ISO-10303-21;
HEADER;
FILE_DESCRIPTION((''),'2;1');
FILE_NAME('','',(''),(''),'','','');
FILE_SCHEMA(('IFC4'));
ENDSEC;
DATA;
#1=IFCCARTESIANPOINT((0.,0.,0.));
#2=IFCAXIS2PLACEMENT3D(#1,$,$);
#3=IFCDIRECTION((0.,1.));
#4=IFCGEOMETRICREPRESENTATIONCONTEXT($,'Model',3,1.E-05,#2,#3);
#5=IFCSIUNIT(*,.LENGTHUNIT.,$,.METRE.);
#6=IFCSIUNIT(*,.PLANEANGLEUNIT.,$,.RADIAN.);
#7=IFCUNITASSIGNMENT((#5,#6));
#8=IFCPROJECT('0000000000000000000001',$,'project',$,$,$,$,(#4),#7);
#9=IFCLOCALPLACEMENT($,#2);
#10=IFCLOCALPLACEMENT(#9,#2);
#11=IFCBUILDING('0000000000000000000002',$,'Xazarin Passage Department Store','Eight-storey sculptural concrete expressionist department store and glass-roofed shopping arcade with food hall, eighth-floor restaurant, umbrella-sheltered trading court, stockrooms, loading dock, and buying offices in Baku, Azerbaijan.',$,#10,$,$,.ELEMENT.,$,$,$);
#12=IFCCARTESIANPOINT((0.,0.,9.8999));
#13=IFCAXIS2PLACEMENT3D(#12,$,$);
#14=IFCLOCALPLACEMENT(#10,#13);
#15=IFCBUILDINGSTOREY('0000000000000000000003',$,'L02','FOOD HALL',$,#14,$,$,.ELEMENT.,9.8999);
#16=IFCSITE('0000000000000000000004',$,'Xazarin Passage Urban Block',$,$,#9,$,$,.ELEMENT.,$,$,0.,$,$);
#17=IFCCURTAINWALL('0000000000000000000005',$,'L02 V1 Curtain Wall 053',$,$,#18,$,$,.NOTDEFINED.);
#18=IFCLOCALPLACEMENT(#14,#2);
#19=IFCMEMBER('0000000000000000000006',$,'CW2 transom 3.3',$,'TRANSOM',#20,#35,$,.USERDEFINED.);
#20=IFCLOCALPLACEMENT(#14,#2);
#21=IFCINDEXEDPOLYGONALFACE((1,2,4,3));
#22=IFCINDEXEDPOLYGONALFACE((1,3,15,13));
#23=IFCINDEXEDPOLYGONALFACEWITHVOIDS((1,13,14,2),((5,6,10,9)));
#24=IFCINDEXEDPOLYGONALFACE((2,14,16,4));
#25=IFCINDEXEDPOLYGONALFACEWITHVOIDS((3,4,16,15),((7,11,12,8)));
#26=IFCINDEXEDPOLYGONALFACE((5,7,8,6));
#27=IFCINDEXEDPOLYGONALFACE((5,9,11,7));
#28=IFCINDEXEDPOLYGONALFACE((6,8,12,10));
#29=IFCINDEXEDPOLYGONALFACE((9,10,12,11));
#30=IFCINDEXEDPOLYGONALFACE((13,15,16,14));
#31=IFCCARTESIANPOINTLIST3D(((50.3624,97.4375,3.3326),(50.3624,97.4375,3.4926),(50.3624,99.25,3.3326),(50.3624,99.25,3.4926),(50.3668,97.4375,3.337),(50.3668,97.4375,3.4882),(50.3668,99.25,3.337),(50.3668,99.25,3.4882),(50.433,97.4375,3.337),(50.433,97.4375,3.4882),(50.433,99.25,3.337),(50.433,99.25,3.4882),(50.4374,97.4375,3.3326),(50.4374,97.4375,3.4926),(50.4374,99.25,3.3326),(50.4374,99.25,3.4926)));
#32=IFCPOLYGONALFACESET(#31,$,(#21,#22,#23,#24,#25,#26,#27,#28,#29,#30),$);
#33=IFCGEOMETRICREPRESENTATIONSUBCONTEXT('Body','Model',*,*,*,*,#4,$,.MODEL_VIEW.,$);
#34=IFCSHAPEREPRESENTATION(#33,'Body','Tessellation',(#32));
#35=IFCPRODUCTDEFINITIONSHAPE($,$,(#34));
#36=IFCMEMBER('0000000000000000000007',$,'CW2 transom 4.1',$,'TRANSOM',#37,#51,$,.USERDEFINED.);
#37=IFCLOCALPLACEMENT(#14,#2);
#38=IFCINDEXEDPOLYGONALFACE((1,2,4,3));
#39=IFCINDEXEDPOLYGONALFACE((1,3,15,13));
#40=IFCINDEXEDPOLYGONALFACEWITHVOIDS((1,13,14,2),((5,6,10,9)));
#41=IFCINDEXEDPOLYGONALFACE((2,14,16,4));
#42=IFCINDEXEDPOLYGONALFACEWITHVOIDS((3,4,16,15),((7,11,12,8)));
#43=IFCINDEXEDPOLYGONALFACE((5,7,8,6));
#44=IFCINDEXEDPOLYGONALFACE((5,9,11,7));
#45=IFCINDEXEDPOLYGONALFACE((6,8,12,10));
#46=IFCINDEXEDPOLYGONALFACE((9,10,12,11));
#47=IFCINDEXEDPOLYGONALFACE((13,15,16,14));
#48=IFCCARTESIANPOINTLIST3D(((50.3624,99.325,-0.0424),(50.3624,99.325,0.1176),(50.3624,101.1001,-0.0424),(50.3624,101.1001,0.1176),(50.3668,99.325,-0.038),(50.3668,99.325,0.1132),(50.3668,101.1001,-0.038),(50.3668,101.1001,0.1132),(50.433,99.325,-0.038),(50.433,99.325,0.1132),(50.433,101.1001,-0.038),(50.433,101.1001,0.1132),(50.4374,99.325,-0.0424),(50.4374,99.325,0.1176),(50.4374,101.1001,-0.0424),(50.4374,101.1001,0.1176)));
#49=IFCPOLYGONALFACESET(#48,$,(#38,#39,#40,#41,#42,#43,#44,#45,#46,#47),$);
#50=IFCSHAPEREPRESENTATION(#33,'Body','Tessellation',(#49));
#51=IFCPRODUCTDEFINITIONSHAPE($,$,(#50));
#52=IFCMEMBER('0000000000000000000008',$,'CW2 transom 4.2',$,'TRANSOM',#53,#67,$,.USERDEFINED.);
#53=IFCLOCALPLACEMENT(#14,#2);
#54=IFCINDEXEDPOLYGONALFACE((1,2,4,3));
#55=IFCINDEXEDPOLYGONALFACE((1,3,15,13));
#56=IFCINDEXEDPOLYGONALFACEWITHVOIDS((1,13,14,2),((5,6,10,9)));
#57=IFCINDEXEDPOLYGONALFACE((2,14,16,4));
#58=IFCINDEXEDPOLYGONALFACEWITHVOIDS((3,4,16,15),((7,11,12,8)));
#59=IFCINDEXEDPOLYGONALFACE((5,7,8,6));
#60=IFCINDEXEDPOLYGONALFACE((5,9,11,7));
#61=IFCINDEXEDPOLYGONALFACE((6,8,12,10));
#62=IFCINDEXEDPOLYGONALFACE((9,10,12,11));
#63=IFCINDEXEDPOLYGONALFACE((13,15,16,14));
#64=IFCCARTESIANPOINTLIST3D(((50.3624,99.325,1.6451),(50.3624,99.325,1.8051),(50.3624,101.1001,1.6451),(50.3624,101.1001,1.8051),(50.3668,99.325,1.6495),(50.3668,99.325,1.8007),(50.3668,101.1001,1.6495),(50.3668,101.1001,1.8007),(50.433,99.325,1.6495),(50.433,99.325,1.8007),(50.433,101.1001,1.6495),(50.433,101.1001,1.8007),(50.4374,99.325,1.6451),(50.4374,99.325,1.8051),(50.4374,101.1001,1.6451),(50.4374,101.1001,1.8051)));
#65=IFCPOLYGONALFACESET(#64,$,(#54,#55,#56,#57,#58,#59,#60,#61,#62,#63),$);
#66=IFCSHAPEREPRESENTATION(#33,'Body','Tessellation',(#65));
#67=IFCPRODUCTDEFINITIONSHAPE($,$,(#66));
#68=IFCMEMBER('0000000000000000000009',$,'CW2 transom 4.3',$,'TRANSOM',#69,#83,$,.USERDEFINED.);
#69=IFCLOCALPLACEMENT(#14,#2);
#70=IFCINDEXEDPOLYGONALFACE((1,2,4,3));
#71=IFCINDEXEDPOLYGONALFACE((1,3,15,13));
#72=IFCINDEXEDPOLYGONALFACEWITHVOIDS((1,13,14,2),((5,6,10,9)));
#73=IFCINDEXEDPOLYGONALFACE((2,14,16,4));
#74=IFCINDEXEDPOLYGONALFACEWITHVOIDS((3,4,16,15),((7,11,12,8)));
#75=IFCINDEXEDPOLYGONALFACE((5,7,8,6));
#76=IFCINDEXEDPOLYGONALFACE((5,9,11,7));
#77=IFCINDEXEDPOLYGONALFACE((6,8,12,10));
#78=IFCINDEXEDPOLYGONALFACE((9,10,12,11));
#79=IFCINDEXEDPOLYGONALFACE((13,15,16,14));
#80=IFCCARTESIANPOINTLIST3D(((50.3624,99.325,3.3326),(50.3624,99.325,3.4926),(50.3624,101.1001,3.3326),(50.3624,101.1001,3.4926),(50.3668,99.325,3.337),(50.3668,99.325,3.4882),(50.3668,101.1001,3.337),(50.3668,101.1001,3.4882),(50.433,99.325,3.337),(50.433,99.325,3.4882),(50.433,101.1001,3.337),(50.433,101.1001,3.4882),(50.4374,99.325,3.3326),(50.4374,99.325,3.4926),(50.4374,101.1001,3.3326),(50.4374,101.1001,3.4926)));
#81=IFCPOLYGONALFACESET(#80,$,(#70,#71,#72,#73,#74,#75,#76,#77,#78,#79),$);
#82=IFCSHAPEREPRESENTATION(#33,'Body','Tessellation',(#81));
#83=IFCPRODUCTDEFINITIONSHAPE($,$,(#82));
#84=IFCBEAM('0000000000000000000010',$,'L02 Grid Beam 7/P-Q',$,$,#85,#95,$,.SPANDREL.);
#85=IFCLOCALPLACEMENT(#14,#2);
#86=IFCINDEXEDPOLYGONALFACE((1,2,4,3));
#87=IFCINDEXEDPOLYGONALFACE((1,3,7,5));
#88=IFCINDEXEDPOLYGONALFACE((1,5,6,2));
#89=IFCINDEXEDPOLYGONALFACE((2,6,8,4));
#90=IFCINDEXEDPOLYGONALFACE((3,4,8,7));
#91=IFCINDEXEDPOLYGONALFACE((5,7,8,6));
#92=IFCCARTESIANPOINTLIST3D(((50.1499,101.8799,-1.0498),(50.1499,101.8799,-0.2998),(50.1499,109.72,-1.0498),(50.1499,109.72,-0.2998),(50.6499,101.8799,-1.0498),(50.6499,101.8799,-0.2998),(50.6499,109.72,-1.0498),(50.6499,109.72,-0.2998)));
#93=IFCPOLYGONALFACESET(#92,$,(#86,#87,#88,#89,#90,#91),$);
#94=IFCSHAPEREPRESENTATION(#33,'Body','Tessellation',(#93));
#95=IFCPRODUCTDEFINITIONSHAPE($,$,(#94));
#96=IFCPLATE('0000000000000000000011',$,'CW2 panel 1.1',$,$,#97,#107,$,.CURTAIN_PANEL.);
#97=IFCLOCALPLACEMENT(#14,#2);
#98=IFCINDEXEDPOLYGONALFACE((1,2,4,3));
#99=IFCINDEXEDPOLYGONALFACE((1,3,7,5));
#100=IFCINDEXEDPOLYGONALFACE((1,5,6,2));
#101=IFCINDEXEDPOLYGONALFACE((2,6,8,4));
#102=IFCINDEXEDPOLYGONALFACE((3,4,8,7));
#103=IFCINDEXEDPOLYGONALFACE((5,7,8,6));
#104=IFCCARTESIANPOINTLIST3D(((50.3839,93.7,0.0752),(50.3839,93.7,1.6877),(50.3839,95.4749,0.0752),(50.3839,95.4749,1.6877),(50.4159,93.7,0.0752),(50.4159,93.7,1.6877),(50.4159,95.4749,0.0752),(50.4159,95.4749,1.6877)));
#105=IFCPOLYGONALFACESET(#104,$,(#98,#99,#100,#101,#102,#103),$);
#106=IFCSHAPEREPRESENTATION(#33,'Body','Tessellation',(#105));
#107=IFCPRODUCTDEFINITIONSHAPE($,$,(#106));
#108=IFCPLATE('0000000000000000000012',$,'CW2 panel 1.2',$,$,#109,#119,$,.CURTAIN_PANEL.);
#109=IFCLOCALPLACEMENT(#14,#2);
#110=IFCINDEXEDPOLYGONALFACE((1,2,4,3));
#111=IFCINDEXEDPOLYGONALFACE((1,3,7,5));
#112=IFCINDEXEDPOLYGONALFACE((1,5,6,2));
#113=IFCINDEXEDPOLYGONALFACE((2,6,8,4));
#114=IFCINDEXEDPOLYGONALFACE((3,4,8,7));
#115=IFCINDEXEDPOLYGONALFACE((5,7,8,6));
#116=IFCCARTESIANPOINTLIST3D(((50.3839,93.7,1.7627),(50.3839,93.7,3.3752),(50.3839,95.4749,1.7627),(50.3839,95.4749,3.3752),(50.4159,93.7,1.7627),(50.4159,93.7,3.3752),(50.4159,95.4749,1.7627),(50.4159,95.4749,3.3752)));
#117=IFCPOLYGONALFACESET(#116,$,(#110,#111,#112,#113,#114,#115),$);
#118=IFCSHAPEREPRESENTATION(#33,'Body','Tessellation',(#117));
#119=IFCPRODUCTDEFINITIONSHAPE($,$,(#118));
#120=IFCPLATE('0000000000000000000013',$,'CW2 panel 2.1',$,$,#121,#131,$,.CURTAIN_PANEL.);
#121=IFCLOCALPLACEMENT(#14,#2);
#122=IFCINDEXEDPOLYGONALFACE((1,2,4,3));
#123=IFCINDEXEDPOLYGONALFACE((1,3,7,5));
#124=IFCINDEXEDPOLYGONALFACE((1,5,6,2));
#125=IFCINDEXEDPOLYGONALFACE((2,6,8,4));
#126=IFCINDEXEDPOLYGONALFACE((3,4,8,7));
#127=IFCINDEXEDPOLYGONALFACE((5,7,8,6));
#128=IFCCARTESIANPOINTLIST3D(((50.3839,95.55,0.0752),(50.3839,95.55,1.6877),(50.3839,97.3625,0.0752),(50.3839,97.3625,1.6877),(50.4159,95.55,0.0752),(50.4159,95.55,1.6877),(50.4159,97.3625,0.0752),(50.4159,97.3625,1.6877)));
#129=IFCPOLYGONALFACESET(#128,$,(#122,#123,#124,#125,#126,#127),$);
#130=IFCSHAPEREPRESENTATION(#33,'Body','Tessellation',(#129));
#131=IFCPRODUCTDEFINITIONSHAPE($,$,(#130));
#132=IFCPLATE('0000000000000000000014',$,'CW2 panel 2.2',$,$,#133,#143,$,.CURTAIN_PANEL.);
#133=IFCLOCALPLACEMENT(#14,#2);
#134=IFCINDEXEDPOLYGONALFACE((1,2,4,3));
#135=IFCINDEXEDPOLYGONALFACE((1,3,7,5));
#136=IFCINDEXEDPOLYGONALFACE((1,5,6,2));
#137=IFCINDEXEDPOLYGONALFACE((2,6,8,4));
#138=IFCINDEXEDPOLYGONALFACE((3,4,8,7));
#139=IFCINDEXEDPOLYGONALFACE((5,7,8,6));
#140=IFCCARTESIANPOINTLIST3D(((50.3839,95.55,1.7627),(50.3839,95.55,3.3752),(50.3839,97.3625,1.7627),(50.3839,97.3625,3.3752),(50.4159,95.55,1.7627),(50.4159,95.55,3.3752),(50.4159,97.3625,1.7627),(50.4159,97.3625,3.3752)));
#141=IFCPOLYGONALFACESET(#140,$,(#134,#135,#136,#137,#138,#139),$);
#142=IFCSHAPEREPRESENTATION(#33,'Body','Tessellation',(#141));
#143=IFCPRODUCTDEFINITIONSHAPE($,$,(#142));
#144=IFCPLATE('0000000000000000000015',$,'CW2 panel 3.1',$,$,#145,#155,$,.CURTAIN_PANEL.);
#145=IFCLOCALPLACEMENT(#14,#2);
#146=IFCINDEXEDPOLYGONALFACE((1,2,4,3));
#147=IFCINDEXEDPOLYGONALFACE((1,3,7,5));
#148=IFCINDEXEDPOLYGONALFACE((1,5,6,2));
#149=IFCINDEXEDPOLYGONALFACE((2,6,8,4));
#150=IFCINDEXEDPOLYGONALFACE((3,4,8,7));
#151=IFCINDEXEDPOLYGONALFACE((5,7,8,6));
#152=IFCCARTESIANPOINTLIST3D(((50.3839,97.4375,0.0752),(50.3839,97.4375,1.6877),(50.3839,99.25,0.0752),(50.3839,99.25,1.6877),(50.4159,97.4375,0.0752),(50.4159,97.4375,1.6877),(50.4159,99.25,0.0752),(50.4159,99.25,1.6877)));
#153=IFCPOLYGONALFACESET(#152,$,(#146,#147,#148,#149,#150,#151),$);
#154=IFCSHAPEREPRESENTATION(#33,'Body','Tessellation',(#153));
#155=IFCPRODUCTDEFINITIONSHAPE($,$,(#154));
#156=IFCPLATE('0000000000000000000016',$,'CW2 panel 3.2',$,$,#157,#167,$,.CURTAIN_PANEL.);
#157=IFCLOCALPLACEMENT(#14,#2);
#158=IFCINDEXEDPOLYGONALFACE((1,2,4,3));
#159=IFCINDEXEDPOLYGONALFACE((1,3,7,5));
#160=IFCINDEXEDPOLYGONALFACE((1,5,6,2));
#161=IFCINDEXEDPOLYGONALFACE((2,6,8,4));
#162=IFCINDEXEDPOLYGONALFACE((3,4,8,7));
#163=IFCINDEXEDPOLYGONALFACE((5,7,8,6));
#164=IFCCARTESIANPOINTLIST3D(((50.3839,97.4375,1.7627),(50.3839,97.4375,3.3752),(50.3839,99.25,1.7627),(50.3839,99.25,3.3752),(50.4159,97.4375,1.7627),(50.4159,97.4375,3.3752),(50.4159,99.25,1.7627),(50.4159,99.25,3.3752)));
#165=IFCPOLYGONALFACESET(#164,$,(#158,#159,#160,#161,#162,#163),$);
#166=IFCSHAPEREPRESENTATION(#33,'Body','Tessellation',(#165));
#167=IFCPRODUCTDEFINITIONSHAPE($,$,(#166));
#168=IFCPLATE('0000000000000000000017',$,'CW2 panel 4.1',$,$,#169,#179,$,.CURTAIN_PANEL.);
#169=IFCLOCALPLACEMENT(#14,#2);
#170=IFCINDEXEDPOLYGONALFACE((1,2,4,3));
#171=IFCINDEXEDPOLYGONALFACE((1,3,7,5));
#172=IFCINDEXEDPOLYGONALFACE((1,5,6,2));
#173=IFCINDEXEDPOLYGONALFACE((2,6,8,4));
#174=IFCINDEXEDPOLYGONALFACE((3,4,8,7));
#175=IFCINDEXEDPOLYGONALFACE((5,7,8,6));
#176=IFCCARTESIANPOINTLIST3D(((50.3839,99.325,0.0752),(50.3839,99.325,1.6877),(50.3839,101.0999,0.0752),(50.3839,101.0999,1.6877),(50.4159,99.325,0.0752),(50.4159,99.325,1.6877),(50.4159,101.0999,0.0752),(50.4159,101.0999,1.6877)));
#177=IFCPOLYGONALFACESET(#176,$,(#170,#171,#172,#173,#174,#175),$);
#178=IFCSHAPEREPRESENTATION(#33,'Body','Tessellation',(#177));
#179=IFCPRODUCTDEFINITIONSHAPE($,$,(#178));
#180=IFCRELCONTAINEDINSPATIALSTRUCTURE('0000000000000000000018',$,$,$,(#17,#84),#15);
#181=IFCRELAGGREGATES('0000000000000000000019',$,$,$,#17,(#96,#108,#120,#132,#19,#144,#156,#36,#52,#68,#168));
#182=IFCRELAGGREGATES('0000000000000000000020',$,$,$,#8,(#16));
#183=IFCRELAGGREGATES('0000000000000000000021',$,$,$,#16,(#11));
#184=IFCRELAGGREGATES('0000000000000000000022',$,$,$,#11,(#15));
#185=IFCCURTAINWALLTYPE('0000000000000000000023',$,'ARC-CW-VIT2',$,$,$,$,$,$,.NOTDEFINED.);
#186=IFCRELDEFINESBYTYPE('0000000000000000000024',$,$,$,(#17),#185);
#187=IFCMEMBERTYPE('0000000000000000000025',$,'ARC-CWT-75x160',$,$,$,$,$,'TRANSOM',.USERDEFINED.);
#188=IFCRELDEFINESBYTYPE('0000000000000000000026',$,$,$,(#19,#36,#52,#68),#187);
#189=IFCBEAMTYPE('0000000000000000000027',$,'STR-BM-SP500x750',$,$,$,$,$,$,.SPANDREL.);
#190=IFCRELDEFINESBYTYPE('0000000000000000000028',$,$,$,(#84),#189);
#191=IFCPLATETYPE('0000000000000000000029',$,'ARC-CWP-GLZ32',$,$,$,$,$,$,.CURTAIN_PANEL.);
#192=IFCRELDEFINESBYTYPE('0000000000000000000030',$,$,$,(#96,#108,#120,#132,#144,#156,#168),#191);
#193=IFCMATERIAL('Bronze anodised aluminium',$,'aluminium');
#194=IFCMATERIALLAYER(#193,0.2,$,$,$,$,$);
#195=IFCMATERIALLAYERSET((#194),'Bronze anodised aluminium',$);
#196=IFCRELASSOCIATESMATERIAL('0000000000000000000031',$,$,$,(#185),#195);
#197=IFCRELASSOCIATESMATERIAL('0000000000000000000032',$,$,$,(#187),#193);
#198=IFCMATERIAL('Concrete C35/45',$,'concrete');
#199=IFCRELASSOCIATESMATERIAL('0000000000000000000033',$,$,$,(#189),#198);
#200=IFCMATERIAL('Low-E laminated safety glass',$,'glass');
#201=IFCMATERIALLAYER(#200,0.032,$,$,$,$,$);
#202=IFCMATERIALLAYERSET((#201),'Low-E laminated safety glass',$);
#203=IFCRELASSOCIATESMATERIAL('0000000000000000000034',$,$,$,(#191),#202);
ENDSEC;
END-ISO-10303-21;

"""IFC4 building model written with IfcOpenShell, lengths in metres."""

from ifc_helpers import new_model, si_unit, direction, frame, origin, origin_2d, place, context, subcontext, project, spatial, rectangle, hollow_rectangle, extrude, material, layer, layer_set, material_profile, profile_set, type_object, element, aggregate, save


model = new_model("IFC4")

# Units and contexts
model_context = context("Model", 3, precision=1e-05, world=origin(), true_north=direction((0.0, 1.0)))
body_context = subcontext(model_context, "Body", "Model", "MODEL_VIEW")
ifc_project = project(units=[si_unit("LENGTHUNIT", "METRE"), si_unit("PLANEANGLEUNIT", "RADIAN")], contexts=[model_context])

# Site, building, storey
site_placement = place(None, origin())
site = spatial("IfcSite", under=ifc_project, at=site_placement, Name="Xazarin Passage Urban Block", CompositionType="ELEMENT", RefElevation=0.0)
building_placement = place(site_placement, origin())
building = spatial("IfcBuilding", under=site, at=building_placement, Name="Xazarin Passage Department Store", Description="Eight-storey sculptural concrete expressionist department store and glass-roofed shopping arcade with food hall, eighth-floor restaurant, umbrella-sheltered trading court, stockrooms, loading dock, and buying offices in Baku, Azerbaijan.", CompositionType="ELEMENT")
storey_placement = place(building_placement, frame((0.0, 0.0, 9.8999)))
storey = spatial("IfcBuildingStorey", under=building, at=storey_placement, Name="L02", Description="FOOD HALL", CompositionType="ELEMENT", Elevation=9.8999)

# Curtain wall, members
ifc_material_1 = material(Name="Bronze anodised aluminium", Category="aluminium")
ifc_layer_1 = layer(ifc_material_1, 0.2)
ifc_layer_set_1 = layer_set([ifc_layer_1], Name="Bronze anodised aluminium")
curtain_wall_type = type_object("IfcCurtainWallType", Name="ARC-CW-VIT2", PredefinedType="NOTDEFINED", material=ifc_layer_set_1)
curtain_wall_placement = place(storey_placement, origin())
curtain_wall = element("IfcCurtainWall", 1, at=curtain_wall_placement, inside=storey, type_object=curtain_wall_type, Name="L02 V1 Curtain Wall 053", PredefinedType="NOTDEFINED")
ifc_material_profile_1 = material_profile(ifc_material_1, hollow_rectangle(XDim=0.075, YDim=0.1599, WallThickness=0.0044, at=origin_2d()), Name="ALU 75x160")
ifc_profile_set_1 = profile_set([ifc_material_profile_1], Name="Bronze anodised aluminium")
member_type_1 = type_object("IfcMemberType", Name="ARC-CWT-75x160", ElementType="TRANSOM", PredefinedType="USERDEFINED", material=ifc_profile_set_1)
member_1_placement = place(storey_placement, frame((50.3999, 97.4375, 3.4126), z_axis=(0.0, 1.0, 0.0), x_axis=(-1.0, 0.0, 0.0)))
member_1 = element("IfcMember", 2, at=member_1_placement, type_object=member_type_1, Name="CW2 transom 3.3", ObjectType="TRANSOM", PredefinedType="USERDEFINED", context=body_context, shape_type="SweptSolid", body=[
    extrude(hollow_rectangle(XDim=0.075, YDim=0.1599, WallThickness=0.0044, at=origin_2d()), origin(), (0.0, 0.0, 1.0), 1.8125),
])
member_2_placement = place(storey_placement, frame((50.3999, 99.325, 0.0376), z_axis=(0.0, 1.0, 0.0), x_axis=(-1.0, 0.0, 0.0)))
member_2 = element("IfcMember", 3, at=member_2_placement, type_object=member_type_1, Name="CW2 transom 4.1", ObjectType="TRANSOM", PredefinedType="USERDEFINED", context=body_context, shape_type="SweptSolid", body=[
    extrude(hollow_rectangle(XDim=0.075, YDim=0.1599, WallThickness=0.0044, at=origin_2d()), origin(), (0.0, 0.0, 1.0), 1.7751),
])
member_3_placement = place(storey_placement, frame((50.3999, 99.325, 1.7251), z_axis=(0.0, 1.0, 0.0), x_axis=(-1.0, 0.0, 0.0)))
member_3 = element("IfcMember", 4, at=member_3_placement, type_object=member_type_1, Name="CW2 transom 4.2", ObjectType="TRANSOM", PredefinedType="USERDEFINED", context=body_context, shape_type="SweptSolid", body=[
    extrude(hollow_rectangle(XDim=0.075, YDim=0.1599, WallThickness=0.0044, at=origin_2d()), origin(), (0.0, 0.0, 1.0), 1.7751),
])
member_4_placement = place(storey_placement, frame((50.3999, 99.325, 3.4126), z_axis=(0.0, 1.0, 0.0), x_axis=(-1.0, 0.0, 0.0)))
member_4 = element("IfcMember", 5, at=member_4_placement, type_object=member_type_1, Name="CW2 transom 4.3", ObjectType="TRANSOM", PredefinedType="USERDEFINED", context=body_context, shape_type="SweptSolid", body=[
    extrude(hollow_rectangle(XDim=0.075, YDim=0.1599, WallThickness=0.0044, at=origin_2d()), origin(), (0.0, 0.0, 1.0), 1.7751),
])

# Beam
ifc_material_2 = material(Name="Concrete C35/45", Category="concrete")
ifc_material_profile_2 = material_profile(ifc_material_2, rectangle(XDim=0.5, YDim=0.75, at=origin_2d()), Name="RC 500x750")
ifc_profile_set_2 = profile_set([ifc_material_profile_2], Name="Concrete C35/45")
beam_type = type_object("IfcBeamType", Name="STR-BM-SP500x750", PredefinedType="SPANDREL", material=ifc_profile_set_2)
beam_placement = place(storey_placement, frame((50.3999, 101.8799, -0.6748), z_axis=(0.0, 1.0, 0.0), x_axis=(-1.0, 0.0, 0.0)))
element("IfcBeam", 6, at=beam_placement, inside=storey, type_object=beam_type, Name="L02 Grid Beam 7/P-Q", PredefinedType="SPANDREL", context=body_context, shape_type="SweptSolid", body=[
    extrude(rectangle(XDim=0.5, YDim=0.75, at=origin_2d()), origin(), (0.0, 0.0, 1.0), 7.8401),
])

# Plates
ifc_material_3 = material(Name="Low-E laminated safety glass", Category="glass")
ifc_layer_2 = layer(ifc_material_3, 0.032)
ifc_layer_set_2 = layer_set([ifc_layer_2], Name="Low-E laminated safety glass")
plate_type = type_object("IfcPlateType", Name="ARC-CWP-GLZ32", PredefinedType="CURTAIN_PANEL", material=ifc_layer_set_2)
plate_1_placement = place(storey_placement, frame((50.3999, 94.5874, 0.0752), z_axis=(0.0, 0.0, 1.0), x_axis=(0.0, 1.0, 0.0)))
plate_1 = element("IfcPlate", 7, at=plate_1_placement, type_object=plate_type, Name="CW2 panel 1.1", PredefinedType="CURTAIN_PANEL", context=body_context, shape_type="SweptSolid", body=[
    extrude(rectangle(XDim=1.7749, YDim=0.032, at=origin_2d()), origin(), (0.0, 0.0, 1.0), 1.6125),
])
plate_2_placement = place(storey_placement, frame((50.3999, 94.5874, 1.7627), z_axis=(0.0, 0.0, 1.0), x_axis=(0.0, 1.0, 0.0)))
plate_2 = element("IfcPlate", 8, at=plate_2_placement, type_object=plate_type, Name="CW2 panel 1.2", PredefinedType="CURTAIN_PANEL", context=body_context, shape_type="SweptSolid", body=[
    extrude(rectangle(XDim=1.7749, YDim=0.032, at=origin_2d()), origin(), (0.0, 0.0, 1.0), 1.6125),
])
plate_3_placement = place(storey_placement, frame((50.3999, 96.4563, 0.0752), z_axis=(0.0, 0.0, 1.0), x_axis=(0.0, 1.0, 0.0)))
plate_3 = element("IfcPlate", 9, at=plate_3_placement, type_object=plate_type, Name="CW2 panel 2.1", PredefinedType="CURTAIN_PANEL", context=body_context, shape_type="SweptSolid", body=[
    extrude(rectangle(XDim=1.8125, YDim=0.032, at=origin_2d()), origin(), (0.0, 0.0, 1.0), 1.6125),
])
plate_4_placement = place(storey_placement, frame((50.3999, 96.4563, 1.7627), z_axis=(0.0, 0.0, 1.0), x_axis=(0.0, 1.0, 0.0)))
plate_4 = element("IfcPlate", 10, at=plate_4_placement, type_object=plate_type, Name="CW2 panel 2.2", PredefinedType="CURTAIN_PANEL", context=body_context, shape_type="SweptSolid", body=[
    extrude(rectangle(XDim=1.8125, YDim=0.032, at=origin_2d()), origin(), (0.0, 0.0, 1.0), 1.6125),
])
plate_5_placement = place(storey_placement, frame((50.3999, 98.3438, 0.0752), z_axis=(0.0, 0.0, 1.0), x_axis=(0.0, 1.0, 0.0)))
plate_5 = element("IfcPlate", 11, at=plate_5_placement, type_object=plate_type, Name="CW2 panel 3.1", PredefinedType="CURTAIN_PANEL", context=body_context, shape_type="SweptSolid", body=[
    extrude(rectangle(XDim=1.8125, YDim=0.032, at=origin_2d()), origin(), (0.0, 0.0, 1.0), 1.6125),
])
plate_6_placement = place(storey_placement, frame((50.3999, 98.3438, 1.7627), z_axis=(0.0, 0.0, 1.0), x_axis=(0.0, 1.0, 0.0)))
plate_6 = element("IfcPlate", 12, at=plate_6_placement, type_object=plate_type, Name="CW2 panel 3.2", PredefinedType="CURTAIN_PANEL", context=body_context, shape_type="SweptSolid", body=[
    extrude(rectangle(XDim=1.8125, YDim=0.032, at=origin_2d()), origin(), (0.0, 0.0, 1.0), 1.6125),
])
plate_7_placement = place(storey_placement, frame((50.3999, 100.2124, 0.0752), z_axis=(0.0, 0.0, 1.0), x_axis=(0.0, 1.0, 0.0)))
plate_7 = element("IfcPlate", 13, at=plate_7_placement, type_object=plate_type, Name="CW2 panel 4.1", PredefinedType="CURTAIN_PANEL", context=body_context, shape_type="SweptSolid", body=[
    extrude(rectangle(XDim=1.7749, YDim=0.032, at=origin_2d()), origin(), (0.0, 0.0, 1.0), 1.6125),
])
aggregate(curtain_wall, [plate_1, plate_2, plate_3, plate_4, member_1, plate_5, plate_6, member_2, member_3, member_4, plate_7])

save(model, "model.ifc")
